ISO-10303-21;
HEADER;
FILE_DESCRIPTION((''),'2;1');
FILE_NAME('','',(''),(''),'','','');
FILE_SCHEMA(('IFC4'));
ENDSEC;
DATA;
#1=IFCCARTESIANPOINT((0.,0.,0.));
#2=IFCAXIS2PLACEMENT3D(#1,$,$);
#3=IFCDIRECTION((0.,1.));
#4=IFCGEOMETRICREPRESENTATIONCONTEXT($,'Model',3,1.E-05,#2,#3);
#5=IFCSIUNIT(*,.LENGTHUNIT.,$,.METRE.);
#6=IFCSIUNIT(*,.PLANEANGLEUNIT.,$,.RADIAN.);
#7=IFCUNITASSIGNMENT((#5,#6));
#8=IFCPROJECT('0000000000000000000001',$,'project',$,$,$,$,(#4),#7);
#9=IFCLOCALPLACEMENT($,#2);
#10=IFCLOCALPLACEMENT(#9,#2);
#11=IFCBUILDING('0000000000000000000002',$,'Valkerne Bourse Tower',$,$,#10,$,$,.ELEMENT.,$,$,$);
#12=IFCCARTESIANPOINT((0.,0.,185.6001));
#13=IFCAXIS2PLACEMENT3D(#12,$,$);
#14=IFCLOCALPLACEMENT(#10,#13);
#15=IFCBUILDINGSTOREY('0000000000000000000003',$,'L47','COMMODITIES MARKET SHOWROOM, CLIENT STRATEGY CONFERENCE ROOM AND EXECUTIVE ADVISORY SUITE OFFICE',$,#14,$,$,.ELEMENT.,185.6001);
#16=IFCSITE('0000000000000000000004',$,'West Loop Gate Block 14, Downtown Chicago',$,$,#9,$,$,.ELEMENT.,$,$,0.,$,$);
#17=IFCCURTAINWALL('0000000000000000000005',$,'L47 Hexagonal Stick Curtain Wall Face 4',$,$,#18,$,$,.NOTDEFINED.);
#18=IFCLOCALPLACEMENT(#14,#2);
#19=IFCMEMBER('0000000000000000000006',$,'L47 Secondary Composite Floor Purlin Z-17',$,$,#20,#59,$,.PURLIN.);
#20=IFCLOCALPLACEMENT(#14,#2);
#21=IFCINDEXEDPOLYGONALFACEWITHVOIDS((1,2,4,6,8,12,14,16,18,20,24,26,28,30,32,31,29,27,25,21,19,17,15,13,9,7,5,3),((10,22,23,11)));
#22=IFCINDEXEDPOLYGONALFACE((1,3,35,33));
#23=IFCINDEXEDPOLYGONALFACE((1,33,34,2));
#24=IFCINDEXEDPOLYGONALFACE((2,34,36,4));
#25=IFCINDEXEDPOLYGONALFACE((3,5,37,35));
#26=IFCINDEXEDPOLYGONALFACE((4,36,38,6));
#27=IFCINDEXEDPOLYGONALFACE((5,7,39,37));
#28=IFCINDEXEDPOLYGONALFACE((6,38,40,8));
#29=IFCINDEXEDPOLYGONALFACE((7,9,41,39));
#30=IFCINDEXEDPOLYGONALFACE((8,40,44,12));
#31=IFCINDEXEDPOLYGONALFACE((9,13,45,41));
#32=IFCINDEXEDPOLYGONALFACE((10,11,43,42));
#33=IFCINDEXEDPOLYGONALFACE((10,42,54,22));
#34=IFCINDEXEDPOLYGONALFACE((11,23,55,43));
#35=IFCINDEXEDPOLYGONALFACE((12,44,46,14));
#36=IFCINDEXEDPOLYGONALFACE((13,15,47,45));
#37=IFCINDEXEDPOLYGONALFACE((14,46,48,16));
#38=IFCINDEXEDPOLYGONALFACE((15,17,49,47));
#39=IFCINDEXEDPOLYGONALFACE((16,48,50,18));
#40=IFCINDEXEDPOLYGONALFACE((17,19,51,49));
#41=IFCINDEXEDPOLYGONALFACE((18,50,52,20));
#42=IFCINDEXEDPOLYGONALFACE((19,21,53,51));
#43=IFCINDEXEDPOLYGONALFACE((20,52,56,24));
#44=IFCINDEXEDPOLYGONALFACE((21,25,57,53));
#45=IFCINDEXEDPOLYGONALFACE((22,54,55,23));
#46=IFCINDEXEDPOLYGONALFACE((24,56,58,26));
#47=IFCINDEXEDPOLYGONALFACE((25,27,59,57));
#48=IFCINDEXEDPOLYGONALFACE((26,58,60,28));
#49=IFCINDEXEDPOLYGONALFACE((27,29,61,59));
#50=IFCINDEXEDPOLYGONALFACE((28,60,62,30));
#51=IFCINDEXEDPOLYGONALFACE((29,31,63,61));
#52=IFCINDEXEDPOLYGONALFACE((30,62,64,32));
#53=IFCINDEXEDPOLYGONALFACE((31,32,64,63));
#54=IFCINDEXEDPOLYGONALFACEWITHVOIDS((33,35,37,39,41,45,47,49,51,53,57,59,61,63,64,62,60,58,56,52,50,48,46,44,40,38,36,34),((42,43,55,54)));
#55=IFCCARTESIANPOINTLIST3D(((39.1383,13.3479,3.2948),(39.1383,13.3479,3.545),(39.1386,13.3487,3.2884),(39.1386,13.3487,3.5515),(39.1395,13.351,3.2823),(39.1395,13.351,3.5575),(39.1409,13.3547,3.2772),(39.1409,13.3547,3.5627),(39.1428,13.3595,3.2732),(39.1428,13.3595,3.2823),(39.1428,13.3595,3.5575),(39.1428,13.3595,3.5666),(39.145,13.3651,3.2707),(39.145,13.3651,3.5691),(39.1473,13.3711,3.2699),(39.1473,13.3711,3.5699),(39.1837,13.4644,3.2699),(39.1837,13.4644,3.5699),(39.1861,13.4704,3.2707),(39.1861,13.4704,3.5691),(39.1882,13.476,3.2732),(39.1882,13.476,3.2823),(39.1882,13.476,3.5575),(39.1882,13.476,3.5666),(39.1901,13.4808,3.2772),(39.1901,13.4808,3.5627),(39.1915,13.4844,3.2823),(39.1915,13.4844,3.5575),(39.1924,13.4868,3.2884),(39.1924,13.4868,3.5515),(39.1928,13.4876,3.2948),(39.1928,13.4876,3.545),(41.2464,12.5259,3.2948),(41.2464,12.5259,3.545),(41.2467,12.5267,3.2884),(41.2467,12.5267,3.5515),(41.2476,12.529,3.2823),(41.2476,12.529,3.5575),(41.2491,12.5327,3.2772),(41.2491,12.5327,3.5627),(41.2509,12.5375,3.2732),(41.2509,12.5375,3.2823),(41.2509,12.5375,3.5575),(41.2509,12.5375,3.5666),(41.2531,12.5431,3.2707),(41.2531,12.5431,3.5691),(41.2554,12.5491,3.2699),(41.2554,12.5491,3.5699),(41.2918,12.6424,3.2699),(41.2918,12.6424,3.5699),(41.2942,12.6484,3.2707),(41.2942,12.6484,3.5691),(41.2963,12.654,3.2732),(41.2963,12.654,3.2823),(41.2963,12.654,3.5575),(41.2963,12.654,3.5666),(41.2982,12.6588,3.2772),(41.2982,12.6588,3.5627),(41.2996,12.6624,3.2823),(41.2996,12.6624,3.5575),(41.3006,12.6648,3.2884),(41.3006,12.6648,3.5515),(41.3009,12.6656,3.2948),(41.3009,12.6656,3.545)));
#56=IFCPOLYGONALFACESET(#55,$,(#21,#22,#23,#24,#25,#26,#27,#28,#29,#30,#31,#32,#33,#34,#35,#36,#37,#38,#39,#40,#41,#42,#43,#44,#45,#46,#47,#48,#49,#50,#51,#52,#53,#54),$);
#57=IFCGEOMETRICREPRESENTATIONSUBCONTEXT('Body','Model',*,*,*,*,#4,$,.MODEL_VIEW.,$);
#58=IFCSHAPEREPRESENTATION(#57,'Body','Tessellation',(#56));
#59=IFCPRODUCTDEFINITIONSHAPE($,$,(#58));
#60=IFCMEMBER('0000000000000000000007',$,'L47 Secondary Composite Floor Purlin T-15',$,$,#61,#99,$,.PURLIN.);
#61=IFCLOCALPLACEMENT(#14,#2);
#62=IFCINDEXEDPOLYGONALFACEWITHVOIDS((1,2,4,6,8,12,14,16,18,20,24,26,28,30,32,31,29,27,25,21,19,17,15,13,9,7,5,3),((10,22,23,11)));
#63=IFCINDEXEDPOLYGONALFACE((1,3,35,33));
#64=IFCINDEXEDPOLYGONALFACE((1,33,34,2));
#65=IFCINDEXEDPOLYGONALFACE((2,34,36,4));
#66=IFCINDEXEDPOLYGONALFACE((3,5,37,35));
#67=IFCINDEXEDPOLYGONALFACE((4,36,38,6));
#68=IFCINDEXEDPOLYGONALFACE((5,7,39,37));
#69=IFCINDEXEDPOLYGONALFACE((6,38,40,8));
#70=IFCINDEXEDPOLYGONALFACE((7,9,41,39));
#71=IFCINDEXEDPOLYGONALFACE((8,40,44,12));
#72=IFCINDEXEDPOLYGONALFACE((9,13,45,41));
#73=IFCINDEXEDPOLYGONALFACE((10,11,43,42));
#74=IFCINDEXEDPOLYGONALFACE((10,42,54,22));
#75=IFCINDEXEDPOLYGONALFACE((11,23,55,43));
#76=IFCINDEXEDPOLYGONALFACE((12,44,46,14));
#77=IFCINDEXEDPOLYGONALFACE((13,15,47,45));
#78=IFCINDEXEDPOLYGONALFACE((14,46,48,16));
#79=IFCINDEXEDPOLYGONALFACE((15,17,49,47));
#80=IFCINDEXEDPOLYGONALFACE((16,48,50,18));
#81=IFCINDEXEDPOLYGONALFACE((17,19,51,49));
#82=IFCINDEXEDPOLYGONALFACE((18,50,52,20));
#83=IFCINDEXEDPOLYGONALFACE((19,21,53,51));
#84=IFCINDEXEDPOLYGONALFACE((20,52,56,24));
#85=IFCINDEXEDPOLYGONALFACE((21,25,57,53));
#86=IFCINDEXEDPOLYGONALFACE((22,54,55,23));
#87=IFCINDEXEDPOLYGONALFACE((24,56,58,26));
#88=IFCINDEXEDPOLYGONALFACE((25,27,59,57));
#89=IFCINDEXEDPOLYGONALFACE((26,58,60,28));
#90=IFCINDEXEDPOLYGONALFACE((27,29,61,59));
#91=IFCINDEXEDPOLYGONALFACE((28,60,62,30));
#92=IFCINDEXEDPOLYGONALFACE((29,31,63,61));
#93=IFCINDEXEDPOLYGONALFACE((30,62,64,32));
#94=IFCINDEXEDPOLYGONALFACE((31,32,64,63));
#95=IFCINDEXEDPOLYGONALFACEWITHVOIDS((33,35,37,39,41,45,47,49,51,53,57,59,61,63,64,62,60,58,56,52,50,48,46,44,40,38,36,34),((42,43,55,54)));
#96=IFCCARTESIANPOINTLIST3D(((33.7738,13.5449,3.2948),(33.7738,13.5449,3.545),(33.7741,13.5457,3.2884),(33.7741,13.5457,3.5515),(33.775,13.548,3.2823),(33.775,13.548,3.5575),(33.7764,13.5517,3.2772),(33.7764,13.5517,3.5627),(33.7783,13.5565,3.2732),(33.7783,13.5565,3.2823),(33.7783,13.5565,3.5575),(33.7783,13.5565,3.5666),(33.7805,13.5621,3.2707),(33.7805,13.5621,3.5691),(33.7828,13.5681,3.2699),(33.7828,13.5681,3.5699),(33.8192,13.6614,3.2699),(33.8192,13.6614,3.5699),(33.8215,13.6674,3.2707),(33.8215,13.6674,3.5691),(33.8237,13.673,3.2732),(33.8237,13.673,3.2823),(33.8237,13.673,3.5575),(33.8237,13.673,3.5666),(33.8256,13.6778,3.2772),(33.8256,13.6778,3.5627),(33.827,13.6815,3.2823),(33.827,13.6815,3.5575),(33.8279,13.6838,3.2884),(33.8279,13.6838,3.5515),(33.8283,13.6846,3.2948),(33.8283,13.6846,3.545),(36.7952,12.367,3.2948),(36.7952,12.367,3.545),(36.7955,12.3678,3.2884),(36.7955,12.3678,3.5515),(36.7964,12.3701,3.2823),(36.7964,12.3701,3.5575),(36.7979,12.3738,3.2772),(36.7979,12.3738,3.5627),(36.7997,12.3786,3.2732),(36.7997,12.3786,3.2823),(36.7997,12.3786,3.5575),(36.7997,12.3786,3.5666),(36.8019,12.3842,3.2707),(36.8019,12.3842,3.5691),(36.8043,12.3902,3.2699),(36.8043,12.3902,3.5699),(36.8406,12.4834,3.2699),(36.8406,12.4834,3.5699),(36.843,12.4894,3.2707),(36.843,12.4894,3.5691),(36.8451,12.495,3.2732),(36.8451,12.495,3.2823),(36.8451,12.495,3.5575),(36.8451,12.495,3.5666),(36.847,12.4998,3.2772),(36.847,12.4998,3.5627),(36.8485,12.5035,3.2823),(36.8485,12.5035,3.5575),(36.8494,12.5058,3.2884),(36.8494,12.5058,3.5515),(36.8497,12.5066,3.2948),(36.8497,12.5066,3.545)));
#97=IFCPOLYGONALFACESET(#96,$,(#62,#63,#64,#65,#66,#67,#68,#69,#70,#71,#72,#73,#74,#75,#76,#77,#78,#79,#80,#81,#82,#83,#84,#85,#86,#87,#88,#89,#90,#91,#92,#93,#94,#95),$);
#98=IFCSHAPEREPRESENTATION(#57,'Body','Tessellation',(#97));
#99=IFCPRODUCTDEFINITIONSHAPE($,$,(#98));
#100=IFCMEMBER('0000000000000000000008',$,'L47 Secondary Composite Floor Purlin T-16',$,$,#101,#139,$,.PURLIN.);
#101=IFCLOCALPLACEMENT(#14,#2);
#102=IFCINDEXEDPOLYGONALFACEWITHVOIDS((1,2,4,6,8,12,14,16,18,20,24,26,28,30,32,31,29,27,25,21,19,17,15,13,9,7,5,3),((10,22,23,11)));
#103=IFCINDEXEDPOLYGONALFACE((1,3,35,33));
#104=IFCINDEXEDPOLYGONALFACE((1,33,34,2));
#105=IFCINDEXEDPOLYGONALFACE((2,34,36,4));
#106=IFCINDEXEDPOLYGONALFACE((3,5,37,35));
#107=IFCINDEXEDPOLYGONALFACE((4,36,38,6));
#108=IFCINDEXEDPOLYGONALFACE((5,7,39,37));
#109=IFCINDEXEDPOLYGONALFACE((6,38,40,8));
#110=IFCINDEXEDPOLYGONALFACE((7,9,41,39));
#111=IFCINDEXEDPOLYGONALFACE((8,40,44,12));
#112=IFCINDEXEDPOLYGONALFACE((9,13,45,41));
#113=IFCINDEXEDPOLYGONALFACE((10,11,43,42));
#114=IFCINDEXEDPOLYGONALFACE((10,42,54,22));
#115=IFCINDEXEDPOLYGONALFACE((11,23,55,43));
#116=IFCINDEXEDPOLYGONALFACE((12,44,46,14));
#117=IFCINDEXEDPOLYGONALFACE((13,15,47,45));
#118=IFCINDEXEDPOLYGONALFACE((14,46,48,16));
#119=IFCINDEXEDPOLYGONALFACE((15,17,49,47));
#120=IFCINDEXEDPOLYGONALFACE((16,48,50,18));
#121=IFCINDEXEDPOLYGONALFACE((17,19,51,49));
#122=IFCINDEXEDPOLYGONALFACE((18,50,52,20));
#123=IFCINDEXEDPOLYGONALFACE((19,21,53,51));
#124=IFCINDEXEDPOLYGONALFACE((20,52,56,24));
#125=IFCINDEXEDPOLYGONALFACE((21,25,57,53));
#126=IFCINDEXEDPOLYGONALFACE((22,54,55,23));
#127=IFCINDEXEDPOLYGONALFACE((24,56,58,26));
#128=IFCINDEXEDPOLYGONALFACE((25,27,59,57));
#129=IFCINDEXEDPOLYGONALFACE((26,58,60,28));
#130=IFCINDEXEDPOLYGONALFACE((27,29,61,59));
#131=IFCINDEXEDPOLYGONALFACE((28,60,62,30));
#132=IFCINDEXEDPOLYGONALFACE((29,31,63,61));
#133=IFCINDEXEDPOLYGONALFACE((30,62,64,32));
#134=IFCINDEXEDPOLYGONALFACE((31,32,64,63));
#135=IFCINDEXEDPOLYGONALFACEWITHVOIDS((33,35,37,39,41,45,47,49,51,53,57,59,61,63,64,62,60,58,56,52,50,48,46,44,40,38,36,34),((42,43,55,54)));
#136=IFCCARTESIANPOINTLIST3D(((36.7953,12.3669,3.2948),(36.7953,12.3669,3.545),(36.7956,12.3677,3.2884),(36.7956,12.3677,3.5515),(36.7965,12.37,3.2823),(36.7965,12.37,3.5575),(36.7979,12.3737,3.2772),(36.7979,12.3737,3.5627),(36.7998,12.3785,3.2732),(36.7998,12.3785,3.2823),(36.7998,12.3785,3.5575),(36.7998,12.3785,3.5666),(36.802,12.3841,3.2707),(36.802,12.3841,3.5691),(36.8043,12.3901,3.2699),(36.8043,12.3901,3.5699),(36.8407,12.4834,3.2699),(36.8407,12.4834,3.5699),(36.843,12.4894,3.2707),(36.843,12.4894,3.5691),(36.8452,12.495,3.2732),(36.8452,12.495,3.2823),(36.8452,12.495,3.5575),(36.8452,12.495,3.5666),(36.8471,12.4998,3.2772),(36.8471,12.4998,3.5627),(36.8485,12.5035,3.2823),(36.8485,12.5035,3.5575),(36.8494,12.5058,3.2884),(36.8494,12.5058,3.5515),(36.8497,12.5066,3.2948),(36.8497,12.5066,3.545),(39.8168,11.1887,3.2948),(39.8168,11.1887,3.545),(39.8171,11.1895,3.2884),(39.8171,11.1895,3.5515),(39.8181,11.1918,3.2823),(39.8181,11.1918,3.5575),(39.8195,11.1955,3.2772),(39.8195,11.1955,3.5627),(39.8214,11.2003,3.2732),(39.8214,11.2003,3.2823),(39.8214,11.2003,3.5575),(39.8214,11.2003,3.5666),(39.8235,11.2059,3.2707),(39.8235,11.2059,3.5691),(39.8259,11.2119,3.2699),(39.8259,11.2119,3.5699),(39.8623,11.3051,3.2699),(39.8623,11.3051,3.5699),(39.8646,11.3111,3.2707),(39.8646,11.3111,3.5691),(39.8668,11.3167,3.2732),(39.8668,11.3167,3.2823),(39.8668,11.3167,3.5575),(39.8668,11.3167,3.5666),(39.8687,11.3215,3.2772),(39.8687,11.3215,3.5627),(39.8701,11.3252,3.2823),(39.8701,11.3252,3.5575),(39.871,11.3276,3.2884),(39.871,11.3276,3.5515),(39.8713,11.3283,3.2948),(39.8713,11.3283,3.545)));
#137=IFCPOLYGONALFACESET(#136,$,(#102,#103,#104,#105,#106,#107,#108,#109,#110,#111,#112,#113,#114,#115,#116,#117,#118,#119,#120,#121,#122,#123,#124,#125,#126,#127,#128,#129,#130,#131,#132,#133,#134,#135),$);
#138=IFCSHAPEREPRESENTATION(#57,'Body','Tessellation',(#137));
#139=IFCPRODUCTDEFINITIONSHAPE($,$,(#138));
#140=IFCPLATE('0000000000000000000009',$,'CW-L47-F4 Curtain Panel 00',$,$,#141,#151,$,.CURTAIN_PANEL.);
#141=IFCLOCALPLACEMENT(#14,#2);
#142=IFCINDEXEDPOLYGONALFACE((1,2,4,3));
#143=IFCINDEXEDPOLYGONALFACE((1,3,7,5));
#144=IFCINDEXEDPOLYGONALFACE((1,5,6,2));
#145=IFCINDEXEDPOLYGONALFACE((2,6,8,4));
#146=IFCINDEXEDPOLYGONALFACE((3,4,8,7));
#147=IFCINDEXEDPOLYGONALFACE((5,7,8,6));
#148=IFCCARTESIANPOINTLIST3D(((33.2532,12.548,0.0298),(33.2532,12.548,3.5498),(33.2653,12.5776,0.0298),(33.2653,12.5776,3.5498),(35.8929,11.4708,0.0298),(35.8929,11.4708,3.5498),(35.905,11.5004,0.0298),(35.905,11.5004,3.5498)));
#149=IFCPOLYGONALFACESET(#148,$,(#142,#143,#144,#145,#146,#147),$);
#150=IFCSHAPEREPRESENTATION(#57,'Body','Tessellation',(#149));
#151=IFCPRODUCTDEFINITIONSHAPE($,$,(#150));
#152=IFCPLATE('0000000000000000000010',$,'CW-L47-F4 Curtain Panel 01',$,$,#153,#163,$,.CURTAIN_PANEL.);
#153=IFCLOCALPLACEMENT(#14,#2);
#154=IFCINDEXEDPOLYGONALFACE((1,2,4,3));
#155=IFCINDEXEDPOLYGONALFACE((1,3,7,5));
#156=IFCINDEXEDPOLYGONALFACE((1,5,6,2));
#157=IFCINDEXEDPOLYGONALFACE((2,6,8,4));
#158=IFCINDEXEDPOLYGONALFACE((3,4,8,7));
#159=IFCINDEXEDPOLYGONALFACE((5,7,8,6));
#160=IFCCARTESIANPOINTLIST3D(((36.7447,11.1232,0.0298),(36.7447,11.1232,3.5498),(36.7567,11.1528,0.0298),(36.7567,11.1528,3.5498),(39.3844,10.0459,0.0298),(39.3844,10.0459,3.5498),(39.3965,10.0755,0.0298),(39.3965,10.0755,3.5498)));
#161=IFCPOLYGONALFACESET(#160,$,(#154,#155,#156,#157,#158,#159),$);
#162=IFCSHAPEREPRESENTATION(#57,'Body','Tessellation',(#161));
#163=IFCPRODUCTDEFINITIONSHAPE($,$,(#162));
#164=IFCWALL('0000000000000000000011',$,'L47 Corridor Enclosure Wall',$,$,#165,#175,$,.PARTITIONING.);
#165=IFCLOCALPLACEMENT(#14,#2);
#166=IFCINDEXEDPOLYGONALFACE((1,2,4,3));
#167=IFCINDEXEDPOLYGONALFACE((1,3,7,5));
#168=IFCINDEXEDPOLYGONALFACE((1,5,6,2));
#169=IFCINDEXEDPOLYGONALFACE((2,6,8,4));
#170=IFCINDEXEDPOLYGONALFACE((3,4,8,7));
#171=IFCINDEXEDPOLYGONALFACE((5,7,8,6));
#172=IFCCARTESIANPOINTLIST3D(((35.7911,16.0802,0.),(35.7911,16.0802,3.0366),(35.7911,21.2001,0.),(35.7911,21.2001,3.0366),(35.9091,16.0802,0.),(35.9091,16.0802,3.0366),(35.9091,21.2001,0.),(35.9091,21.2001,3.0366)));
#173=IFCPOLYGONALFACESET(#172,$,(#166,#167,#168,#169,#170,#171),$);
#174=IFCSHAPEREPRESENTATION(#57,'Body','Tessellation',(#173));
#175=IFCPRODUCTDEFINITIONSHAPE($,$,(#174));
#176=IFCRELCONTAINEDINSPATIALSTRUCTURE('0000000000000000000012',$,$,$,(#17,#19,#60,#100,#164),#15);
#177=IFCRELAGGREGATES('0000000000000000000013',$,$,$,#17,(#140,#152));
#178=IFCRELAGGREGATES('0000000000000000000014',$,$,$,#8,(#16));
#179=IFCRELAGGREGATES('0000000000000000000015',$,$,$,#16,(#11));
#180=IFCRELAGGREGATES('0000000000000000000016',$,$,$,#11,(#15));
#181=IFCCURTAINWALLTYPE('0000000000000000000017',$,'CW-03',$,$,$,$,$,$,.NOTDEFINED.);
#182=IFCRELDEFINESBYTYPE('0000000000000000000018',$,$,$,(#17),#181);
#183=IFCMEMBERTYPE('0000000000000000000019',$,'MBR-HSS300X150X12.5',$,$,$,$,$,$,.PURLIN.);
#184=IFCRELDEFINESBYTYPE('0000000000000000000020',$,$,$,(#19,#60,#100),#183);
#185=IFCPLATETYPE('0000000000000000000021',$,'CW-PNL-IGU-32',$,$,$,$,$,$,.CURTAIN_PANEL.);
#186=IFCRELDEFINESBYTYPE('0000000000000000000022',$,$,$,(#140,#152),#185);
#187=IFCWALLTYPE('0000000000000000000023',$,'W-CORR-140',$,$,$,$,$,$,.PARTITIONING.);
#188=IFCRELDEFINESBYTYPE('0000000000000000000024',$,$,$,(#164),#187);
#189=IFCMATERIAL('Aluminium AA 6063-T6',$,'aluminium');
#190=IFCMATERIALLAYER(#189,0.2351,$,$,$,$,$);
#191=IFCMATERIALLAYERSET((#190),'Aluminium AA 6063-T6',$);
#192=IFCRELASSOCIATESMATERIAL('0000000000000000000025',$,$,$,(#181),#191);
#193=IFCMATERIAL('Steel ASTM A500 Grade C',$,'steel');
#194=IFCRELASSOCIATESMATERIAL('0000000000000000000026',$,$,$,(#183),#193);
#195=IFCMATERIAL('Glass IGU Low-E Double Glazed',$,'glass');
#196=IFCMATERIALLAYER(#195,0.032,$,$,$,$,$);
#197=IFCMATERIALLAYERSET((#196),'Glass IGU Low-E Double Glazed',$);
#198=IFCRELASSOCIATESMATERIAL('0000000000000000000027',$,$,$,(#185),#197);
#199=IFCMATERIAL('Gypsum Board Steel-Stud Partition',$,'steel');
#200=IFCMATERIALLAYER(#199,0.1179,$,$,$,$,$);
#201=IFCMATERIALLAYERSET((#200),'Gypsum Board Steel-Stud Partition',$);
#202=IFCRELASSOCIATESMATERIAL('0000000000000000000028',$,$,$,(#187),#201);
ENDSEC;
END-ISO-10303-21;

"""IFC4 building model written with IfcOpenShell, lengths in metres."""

from ifc_helpers import new_model, si_unit, direction, frame, frame_2d, origin, origin_2d, place, context, subcontext, project, spatial, rectangle, hollow_rectangle, extrude, material, layer, layer_set, material_profile, profile_set, type_object, element, aggregate, save


model = new_model("IFC4")

# Units and contexts
model_context = context("Model", 3, precision=1e-05, world=origin(), true_north=direction((0.0, 1.0)))
body_context = subcontext(model_context, "Body", "Model", "MODEL_VIEW")
ifc_project = project(units=[si_unit("LENGTHUNIT", "METRE"), si_unit("PLANEANGLEUNIT", "RADIAN")], contexts=[model_context])

# Site, building, storey
site_placement = place(None, origin())
site = spatial("IfcSite", under=ifc_project, at=site_placement, Name="West Loop Gate Block 14, Downtown Chicago", CompositionType="ELEMENT", RefElevation=0.0)
building_placement = place(site_placement, origin())
building = spatial("IfcBuilding", under=site, at=building_placement, Name="Valkerne Bourse Tower", CompositionType="ELEMENT")
storey_placement = place(building_placement, frame((0.0, 0.0, 185.6001)))
storey = spatial("IfcBuildingStorey", under=building, at=storey_placement, Name="L47", Description="COMMODITIES MARKET SHOWROOM, CLIENT STRATEGY CONFERENCE ROOM AND EXECUTIVE ADVISORY SUITE OFFICE", CompositionType="ELEMENT", Elevation=185.6001)

# Curtain wall
ifc_material_1 = material(Name="Aluminium AA 6063-T6", Category="aluminium")
ifc_layer_1 = layer(ifc_material_1, 0.2351)
ifc_layer_set_1 = layer_set([ifc_layer_1], Name="Aluminium AA 6063-T6")
curtain_wall_type = type_object("IfcCurtainWallType", Name="CW-03", PredefinedType="NOTDEFINED", material=ifc_layer_set_1)
curtain_wall_placement = place(storey_placement, origin())
curtain_wall = element("IfcCurtainWall", 1, at=curtain_wall_placement, inside=storey, type_object=curtain_wall_type, Name="L47 Hexagonal Stick Curtain Wall Face 4", PredefinedType="NOTDEFINED")

# Members
ifc_material_2 = material(Name="Steel ASTM A500 Grade C", Category="steel")
ifc_material_profile_1 = material_profile(ifc_material_2, hollow_rectangle(XDim=0.1499, YDim=0.3, WallThickness=0.0125, OuterFilletRadius=0.0249, at=origin_2d()), Name="HSS300X150X12.5")
ifc_profile_set_1 = profile_set([ifc_material_profile_1], Name="Steel ASTM A500 Grade C")
member_type_1 = type_object("IfcMemberType", Name="MBR-HSS300X150X12.5", PredefinedType="PURLIN", material=ifc_profile_set_1)
member_1_placement = place(storey_placement, frame((39.1655, 13.4177, 3.4199), z_axis=(0.931678, -0.363284, 0.0), x_axis=(0.363284, 0.931678, 0.0)))
element("IfcMember", 2, at=member_1_placement, inside=storey, type_object=member_type_1, Name="L47 Secondary Composite Floor Purlin Z-17", PredefinedType="PURLIN", context=body_context, shape_type="SweptSolid", body=[
    extrude(hollow_rectangle(XDim=0.1499, YDim=0.3, WallThickness=0.0125, OuterFilletRadius=0.0249, at=origin_2d()), origin(), (0.0, 0.0, 1.0), 2.2627),
])
member_2_placement = place(storey_placement, frame((33.801, 13.6147, 3.4199), z_axis=(0.931696, -0.363238, 0.0), x_axis=(0.363238, 0.931696, 0.0)))
element("IfcMember", 3, at=member_2_placement, inside=storey, type_object=member_type_1, Name="L47 Secondary Composite Floor Purlin T-15", PredefinedType="PURLIN", context=body_context, shape_type="SweptSolid", body=[
    extrude(hollow_rectangle(XDim=0.1499, YDim=0.3, WallThickness=0.0125, OuterFilletRadius=0.0249, at=origin_2d()), origin(), (0.0, 0.0, 1.0), 3.2429),
])
member_3_placement = place(storey_placement, frame((36.8225, 12.4368, 3.4199), z_axis=(0.931671, -0.363303, 0.0), x_axis=(0.363303, 0.931671, 0.0)))
element("IfcMember", 4, at=member_3_placement, inside=storey, type_object=member_type_1, Name="L47 Secondary Composite Floor Purlin T-16", PredefinedType="PURLIN", context=body_context, shape_type="SweptSolid", body=[
    extrude(hollow_rectangle(XDim=0.1499, YDim=0.3, WallThickness=0.0125, OuterFilletRadius=0.0249, at=origin_2d()), origin(), (0.0, 0.0, 1.0), 3.2432),
])

# Plates
ifc_material_3 = material(Name="Glass IGU Low-E Double Glazed", Category="glass")
ifc_layer_2 = layer(ifc_material_3, 0.032)
ifc_layer_set_2 = layer_set([ifc_layer_2], Name="Glass IGU Low-E Double Glazed")
plate_type = type_object("IfcPlateType", Name="CW-PNL-IGU-32", PredefinedType="CURTAIN_PANEL", material=ifc_layer_set_2)
plate_1_placement = place(storey_placement, frame((34.5791, 12.0242, 0.0298), z_axis=(0.0, 0.0, 1.0), x_axis=(0.925876, -0.377828, 0.0)))
plate_1 = element("IfcPlate", 5, at=plate_1_placement, type_object=plate_type, Name="CW-L47-F4 Curtain Panel 00", PredefinedType="CURTAIN_PANEL", context=body_context, shape_type="SweptSolid", body=[
    extrude(rectangle(XDim=2.8511, YDim=0.032, at=origin_2d()), origin(), (0.0, 0.0, 1.0), 3.52),
])
plate_2_placement = place(storey_placement, frame((38.0706, 10.5994, 0.0298), z_axis=(0.0, 0.0, 1.0), x_axis=(0.925863, -0.37786, 0.0)))
plate_2 = element("IfcPlate", 6, at=plate_2_placement, type_object=plate_type, Name="CW-L47-F4 Curtain Panel 01", PredefinedType="CURTAIN_PANEL", context=body_context, shape_type="SweptSolid", body=[
    extrude(rectangle(XDim=2.8511, YDim=0.032, at=origin_2d()), origin(), (0.0, 0.0, 1.0), 3.52),
])
aggregate(curtain_wall, [plate_1, plate_2])

# Wall
ifc_material_4 = material(Name="Gypsum Board Steel-Stud Partition", Category="steel")
ifc_layer_3 = layer(ifc_material_4, 0.1179)
ifc_layer_set_3 = layer_set([ifc_layer_3], Name="Gypsum Board Steel-Stud Partition")
wall_type = type_object("IfcWallType", Name="W-CORR-140", PredefinedType="PARTITIONING", material=ifc_layer_set_3)
wall_placement = place(storey_placement, frame((35.8501, 16.0801, 0.0), z_axis=(0.0, 0.0, 1.0), x_axis=(0.0, 1.0, 0.0)))
element("IfcWall", 7, at=wall_placement, inside=storey, type_object=wall_type, Name="L47 Corridor Enclosure Wall", PredefinedType="PARTITIONING", context=body_context, shape_type="SweptSolid", body=[
    extrude(rectangle(XDim=5.1199, YDim=0.1179, at=frame_2d((2.5601, 0.0))), origin(), (0.0, 0.0, 1.0), 3.0366),
])

save(model, "model.ifc")
